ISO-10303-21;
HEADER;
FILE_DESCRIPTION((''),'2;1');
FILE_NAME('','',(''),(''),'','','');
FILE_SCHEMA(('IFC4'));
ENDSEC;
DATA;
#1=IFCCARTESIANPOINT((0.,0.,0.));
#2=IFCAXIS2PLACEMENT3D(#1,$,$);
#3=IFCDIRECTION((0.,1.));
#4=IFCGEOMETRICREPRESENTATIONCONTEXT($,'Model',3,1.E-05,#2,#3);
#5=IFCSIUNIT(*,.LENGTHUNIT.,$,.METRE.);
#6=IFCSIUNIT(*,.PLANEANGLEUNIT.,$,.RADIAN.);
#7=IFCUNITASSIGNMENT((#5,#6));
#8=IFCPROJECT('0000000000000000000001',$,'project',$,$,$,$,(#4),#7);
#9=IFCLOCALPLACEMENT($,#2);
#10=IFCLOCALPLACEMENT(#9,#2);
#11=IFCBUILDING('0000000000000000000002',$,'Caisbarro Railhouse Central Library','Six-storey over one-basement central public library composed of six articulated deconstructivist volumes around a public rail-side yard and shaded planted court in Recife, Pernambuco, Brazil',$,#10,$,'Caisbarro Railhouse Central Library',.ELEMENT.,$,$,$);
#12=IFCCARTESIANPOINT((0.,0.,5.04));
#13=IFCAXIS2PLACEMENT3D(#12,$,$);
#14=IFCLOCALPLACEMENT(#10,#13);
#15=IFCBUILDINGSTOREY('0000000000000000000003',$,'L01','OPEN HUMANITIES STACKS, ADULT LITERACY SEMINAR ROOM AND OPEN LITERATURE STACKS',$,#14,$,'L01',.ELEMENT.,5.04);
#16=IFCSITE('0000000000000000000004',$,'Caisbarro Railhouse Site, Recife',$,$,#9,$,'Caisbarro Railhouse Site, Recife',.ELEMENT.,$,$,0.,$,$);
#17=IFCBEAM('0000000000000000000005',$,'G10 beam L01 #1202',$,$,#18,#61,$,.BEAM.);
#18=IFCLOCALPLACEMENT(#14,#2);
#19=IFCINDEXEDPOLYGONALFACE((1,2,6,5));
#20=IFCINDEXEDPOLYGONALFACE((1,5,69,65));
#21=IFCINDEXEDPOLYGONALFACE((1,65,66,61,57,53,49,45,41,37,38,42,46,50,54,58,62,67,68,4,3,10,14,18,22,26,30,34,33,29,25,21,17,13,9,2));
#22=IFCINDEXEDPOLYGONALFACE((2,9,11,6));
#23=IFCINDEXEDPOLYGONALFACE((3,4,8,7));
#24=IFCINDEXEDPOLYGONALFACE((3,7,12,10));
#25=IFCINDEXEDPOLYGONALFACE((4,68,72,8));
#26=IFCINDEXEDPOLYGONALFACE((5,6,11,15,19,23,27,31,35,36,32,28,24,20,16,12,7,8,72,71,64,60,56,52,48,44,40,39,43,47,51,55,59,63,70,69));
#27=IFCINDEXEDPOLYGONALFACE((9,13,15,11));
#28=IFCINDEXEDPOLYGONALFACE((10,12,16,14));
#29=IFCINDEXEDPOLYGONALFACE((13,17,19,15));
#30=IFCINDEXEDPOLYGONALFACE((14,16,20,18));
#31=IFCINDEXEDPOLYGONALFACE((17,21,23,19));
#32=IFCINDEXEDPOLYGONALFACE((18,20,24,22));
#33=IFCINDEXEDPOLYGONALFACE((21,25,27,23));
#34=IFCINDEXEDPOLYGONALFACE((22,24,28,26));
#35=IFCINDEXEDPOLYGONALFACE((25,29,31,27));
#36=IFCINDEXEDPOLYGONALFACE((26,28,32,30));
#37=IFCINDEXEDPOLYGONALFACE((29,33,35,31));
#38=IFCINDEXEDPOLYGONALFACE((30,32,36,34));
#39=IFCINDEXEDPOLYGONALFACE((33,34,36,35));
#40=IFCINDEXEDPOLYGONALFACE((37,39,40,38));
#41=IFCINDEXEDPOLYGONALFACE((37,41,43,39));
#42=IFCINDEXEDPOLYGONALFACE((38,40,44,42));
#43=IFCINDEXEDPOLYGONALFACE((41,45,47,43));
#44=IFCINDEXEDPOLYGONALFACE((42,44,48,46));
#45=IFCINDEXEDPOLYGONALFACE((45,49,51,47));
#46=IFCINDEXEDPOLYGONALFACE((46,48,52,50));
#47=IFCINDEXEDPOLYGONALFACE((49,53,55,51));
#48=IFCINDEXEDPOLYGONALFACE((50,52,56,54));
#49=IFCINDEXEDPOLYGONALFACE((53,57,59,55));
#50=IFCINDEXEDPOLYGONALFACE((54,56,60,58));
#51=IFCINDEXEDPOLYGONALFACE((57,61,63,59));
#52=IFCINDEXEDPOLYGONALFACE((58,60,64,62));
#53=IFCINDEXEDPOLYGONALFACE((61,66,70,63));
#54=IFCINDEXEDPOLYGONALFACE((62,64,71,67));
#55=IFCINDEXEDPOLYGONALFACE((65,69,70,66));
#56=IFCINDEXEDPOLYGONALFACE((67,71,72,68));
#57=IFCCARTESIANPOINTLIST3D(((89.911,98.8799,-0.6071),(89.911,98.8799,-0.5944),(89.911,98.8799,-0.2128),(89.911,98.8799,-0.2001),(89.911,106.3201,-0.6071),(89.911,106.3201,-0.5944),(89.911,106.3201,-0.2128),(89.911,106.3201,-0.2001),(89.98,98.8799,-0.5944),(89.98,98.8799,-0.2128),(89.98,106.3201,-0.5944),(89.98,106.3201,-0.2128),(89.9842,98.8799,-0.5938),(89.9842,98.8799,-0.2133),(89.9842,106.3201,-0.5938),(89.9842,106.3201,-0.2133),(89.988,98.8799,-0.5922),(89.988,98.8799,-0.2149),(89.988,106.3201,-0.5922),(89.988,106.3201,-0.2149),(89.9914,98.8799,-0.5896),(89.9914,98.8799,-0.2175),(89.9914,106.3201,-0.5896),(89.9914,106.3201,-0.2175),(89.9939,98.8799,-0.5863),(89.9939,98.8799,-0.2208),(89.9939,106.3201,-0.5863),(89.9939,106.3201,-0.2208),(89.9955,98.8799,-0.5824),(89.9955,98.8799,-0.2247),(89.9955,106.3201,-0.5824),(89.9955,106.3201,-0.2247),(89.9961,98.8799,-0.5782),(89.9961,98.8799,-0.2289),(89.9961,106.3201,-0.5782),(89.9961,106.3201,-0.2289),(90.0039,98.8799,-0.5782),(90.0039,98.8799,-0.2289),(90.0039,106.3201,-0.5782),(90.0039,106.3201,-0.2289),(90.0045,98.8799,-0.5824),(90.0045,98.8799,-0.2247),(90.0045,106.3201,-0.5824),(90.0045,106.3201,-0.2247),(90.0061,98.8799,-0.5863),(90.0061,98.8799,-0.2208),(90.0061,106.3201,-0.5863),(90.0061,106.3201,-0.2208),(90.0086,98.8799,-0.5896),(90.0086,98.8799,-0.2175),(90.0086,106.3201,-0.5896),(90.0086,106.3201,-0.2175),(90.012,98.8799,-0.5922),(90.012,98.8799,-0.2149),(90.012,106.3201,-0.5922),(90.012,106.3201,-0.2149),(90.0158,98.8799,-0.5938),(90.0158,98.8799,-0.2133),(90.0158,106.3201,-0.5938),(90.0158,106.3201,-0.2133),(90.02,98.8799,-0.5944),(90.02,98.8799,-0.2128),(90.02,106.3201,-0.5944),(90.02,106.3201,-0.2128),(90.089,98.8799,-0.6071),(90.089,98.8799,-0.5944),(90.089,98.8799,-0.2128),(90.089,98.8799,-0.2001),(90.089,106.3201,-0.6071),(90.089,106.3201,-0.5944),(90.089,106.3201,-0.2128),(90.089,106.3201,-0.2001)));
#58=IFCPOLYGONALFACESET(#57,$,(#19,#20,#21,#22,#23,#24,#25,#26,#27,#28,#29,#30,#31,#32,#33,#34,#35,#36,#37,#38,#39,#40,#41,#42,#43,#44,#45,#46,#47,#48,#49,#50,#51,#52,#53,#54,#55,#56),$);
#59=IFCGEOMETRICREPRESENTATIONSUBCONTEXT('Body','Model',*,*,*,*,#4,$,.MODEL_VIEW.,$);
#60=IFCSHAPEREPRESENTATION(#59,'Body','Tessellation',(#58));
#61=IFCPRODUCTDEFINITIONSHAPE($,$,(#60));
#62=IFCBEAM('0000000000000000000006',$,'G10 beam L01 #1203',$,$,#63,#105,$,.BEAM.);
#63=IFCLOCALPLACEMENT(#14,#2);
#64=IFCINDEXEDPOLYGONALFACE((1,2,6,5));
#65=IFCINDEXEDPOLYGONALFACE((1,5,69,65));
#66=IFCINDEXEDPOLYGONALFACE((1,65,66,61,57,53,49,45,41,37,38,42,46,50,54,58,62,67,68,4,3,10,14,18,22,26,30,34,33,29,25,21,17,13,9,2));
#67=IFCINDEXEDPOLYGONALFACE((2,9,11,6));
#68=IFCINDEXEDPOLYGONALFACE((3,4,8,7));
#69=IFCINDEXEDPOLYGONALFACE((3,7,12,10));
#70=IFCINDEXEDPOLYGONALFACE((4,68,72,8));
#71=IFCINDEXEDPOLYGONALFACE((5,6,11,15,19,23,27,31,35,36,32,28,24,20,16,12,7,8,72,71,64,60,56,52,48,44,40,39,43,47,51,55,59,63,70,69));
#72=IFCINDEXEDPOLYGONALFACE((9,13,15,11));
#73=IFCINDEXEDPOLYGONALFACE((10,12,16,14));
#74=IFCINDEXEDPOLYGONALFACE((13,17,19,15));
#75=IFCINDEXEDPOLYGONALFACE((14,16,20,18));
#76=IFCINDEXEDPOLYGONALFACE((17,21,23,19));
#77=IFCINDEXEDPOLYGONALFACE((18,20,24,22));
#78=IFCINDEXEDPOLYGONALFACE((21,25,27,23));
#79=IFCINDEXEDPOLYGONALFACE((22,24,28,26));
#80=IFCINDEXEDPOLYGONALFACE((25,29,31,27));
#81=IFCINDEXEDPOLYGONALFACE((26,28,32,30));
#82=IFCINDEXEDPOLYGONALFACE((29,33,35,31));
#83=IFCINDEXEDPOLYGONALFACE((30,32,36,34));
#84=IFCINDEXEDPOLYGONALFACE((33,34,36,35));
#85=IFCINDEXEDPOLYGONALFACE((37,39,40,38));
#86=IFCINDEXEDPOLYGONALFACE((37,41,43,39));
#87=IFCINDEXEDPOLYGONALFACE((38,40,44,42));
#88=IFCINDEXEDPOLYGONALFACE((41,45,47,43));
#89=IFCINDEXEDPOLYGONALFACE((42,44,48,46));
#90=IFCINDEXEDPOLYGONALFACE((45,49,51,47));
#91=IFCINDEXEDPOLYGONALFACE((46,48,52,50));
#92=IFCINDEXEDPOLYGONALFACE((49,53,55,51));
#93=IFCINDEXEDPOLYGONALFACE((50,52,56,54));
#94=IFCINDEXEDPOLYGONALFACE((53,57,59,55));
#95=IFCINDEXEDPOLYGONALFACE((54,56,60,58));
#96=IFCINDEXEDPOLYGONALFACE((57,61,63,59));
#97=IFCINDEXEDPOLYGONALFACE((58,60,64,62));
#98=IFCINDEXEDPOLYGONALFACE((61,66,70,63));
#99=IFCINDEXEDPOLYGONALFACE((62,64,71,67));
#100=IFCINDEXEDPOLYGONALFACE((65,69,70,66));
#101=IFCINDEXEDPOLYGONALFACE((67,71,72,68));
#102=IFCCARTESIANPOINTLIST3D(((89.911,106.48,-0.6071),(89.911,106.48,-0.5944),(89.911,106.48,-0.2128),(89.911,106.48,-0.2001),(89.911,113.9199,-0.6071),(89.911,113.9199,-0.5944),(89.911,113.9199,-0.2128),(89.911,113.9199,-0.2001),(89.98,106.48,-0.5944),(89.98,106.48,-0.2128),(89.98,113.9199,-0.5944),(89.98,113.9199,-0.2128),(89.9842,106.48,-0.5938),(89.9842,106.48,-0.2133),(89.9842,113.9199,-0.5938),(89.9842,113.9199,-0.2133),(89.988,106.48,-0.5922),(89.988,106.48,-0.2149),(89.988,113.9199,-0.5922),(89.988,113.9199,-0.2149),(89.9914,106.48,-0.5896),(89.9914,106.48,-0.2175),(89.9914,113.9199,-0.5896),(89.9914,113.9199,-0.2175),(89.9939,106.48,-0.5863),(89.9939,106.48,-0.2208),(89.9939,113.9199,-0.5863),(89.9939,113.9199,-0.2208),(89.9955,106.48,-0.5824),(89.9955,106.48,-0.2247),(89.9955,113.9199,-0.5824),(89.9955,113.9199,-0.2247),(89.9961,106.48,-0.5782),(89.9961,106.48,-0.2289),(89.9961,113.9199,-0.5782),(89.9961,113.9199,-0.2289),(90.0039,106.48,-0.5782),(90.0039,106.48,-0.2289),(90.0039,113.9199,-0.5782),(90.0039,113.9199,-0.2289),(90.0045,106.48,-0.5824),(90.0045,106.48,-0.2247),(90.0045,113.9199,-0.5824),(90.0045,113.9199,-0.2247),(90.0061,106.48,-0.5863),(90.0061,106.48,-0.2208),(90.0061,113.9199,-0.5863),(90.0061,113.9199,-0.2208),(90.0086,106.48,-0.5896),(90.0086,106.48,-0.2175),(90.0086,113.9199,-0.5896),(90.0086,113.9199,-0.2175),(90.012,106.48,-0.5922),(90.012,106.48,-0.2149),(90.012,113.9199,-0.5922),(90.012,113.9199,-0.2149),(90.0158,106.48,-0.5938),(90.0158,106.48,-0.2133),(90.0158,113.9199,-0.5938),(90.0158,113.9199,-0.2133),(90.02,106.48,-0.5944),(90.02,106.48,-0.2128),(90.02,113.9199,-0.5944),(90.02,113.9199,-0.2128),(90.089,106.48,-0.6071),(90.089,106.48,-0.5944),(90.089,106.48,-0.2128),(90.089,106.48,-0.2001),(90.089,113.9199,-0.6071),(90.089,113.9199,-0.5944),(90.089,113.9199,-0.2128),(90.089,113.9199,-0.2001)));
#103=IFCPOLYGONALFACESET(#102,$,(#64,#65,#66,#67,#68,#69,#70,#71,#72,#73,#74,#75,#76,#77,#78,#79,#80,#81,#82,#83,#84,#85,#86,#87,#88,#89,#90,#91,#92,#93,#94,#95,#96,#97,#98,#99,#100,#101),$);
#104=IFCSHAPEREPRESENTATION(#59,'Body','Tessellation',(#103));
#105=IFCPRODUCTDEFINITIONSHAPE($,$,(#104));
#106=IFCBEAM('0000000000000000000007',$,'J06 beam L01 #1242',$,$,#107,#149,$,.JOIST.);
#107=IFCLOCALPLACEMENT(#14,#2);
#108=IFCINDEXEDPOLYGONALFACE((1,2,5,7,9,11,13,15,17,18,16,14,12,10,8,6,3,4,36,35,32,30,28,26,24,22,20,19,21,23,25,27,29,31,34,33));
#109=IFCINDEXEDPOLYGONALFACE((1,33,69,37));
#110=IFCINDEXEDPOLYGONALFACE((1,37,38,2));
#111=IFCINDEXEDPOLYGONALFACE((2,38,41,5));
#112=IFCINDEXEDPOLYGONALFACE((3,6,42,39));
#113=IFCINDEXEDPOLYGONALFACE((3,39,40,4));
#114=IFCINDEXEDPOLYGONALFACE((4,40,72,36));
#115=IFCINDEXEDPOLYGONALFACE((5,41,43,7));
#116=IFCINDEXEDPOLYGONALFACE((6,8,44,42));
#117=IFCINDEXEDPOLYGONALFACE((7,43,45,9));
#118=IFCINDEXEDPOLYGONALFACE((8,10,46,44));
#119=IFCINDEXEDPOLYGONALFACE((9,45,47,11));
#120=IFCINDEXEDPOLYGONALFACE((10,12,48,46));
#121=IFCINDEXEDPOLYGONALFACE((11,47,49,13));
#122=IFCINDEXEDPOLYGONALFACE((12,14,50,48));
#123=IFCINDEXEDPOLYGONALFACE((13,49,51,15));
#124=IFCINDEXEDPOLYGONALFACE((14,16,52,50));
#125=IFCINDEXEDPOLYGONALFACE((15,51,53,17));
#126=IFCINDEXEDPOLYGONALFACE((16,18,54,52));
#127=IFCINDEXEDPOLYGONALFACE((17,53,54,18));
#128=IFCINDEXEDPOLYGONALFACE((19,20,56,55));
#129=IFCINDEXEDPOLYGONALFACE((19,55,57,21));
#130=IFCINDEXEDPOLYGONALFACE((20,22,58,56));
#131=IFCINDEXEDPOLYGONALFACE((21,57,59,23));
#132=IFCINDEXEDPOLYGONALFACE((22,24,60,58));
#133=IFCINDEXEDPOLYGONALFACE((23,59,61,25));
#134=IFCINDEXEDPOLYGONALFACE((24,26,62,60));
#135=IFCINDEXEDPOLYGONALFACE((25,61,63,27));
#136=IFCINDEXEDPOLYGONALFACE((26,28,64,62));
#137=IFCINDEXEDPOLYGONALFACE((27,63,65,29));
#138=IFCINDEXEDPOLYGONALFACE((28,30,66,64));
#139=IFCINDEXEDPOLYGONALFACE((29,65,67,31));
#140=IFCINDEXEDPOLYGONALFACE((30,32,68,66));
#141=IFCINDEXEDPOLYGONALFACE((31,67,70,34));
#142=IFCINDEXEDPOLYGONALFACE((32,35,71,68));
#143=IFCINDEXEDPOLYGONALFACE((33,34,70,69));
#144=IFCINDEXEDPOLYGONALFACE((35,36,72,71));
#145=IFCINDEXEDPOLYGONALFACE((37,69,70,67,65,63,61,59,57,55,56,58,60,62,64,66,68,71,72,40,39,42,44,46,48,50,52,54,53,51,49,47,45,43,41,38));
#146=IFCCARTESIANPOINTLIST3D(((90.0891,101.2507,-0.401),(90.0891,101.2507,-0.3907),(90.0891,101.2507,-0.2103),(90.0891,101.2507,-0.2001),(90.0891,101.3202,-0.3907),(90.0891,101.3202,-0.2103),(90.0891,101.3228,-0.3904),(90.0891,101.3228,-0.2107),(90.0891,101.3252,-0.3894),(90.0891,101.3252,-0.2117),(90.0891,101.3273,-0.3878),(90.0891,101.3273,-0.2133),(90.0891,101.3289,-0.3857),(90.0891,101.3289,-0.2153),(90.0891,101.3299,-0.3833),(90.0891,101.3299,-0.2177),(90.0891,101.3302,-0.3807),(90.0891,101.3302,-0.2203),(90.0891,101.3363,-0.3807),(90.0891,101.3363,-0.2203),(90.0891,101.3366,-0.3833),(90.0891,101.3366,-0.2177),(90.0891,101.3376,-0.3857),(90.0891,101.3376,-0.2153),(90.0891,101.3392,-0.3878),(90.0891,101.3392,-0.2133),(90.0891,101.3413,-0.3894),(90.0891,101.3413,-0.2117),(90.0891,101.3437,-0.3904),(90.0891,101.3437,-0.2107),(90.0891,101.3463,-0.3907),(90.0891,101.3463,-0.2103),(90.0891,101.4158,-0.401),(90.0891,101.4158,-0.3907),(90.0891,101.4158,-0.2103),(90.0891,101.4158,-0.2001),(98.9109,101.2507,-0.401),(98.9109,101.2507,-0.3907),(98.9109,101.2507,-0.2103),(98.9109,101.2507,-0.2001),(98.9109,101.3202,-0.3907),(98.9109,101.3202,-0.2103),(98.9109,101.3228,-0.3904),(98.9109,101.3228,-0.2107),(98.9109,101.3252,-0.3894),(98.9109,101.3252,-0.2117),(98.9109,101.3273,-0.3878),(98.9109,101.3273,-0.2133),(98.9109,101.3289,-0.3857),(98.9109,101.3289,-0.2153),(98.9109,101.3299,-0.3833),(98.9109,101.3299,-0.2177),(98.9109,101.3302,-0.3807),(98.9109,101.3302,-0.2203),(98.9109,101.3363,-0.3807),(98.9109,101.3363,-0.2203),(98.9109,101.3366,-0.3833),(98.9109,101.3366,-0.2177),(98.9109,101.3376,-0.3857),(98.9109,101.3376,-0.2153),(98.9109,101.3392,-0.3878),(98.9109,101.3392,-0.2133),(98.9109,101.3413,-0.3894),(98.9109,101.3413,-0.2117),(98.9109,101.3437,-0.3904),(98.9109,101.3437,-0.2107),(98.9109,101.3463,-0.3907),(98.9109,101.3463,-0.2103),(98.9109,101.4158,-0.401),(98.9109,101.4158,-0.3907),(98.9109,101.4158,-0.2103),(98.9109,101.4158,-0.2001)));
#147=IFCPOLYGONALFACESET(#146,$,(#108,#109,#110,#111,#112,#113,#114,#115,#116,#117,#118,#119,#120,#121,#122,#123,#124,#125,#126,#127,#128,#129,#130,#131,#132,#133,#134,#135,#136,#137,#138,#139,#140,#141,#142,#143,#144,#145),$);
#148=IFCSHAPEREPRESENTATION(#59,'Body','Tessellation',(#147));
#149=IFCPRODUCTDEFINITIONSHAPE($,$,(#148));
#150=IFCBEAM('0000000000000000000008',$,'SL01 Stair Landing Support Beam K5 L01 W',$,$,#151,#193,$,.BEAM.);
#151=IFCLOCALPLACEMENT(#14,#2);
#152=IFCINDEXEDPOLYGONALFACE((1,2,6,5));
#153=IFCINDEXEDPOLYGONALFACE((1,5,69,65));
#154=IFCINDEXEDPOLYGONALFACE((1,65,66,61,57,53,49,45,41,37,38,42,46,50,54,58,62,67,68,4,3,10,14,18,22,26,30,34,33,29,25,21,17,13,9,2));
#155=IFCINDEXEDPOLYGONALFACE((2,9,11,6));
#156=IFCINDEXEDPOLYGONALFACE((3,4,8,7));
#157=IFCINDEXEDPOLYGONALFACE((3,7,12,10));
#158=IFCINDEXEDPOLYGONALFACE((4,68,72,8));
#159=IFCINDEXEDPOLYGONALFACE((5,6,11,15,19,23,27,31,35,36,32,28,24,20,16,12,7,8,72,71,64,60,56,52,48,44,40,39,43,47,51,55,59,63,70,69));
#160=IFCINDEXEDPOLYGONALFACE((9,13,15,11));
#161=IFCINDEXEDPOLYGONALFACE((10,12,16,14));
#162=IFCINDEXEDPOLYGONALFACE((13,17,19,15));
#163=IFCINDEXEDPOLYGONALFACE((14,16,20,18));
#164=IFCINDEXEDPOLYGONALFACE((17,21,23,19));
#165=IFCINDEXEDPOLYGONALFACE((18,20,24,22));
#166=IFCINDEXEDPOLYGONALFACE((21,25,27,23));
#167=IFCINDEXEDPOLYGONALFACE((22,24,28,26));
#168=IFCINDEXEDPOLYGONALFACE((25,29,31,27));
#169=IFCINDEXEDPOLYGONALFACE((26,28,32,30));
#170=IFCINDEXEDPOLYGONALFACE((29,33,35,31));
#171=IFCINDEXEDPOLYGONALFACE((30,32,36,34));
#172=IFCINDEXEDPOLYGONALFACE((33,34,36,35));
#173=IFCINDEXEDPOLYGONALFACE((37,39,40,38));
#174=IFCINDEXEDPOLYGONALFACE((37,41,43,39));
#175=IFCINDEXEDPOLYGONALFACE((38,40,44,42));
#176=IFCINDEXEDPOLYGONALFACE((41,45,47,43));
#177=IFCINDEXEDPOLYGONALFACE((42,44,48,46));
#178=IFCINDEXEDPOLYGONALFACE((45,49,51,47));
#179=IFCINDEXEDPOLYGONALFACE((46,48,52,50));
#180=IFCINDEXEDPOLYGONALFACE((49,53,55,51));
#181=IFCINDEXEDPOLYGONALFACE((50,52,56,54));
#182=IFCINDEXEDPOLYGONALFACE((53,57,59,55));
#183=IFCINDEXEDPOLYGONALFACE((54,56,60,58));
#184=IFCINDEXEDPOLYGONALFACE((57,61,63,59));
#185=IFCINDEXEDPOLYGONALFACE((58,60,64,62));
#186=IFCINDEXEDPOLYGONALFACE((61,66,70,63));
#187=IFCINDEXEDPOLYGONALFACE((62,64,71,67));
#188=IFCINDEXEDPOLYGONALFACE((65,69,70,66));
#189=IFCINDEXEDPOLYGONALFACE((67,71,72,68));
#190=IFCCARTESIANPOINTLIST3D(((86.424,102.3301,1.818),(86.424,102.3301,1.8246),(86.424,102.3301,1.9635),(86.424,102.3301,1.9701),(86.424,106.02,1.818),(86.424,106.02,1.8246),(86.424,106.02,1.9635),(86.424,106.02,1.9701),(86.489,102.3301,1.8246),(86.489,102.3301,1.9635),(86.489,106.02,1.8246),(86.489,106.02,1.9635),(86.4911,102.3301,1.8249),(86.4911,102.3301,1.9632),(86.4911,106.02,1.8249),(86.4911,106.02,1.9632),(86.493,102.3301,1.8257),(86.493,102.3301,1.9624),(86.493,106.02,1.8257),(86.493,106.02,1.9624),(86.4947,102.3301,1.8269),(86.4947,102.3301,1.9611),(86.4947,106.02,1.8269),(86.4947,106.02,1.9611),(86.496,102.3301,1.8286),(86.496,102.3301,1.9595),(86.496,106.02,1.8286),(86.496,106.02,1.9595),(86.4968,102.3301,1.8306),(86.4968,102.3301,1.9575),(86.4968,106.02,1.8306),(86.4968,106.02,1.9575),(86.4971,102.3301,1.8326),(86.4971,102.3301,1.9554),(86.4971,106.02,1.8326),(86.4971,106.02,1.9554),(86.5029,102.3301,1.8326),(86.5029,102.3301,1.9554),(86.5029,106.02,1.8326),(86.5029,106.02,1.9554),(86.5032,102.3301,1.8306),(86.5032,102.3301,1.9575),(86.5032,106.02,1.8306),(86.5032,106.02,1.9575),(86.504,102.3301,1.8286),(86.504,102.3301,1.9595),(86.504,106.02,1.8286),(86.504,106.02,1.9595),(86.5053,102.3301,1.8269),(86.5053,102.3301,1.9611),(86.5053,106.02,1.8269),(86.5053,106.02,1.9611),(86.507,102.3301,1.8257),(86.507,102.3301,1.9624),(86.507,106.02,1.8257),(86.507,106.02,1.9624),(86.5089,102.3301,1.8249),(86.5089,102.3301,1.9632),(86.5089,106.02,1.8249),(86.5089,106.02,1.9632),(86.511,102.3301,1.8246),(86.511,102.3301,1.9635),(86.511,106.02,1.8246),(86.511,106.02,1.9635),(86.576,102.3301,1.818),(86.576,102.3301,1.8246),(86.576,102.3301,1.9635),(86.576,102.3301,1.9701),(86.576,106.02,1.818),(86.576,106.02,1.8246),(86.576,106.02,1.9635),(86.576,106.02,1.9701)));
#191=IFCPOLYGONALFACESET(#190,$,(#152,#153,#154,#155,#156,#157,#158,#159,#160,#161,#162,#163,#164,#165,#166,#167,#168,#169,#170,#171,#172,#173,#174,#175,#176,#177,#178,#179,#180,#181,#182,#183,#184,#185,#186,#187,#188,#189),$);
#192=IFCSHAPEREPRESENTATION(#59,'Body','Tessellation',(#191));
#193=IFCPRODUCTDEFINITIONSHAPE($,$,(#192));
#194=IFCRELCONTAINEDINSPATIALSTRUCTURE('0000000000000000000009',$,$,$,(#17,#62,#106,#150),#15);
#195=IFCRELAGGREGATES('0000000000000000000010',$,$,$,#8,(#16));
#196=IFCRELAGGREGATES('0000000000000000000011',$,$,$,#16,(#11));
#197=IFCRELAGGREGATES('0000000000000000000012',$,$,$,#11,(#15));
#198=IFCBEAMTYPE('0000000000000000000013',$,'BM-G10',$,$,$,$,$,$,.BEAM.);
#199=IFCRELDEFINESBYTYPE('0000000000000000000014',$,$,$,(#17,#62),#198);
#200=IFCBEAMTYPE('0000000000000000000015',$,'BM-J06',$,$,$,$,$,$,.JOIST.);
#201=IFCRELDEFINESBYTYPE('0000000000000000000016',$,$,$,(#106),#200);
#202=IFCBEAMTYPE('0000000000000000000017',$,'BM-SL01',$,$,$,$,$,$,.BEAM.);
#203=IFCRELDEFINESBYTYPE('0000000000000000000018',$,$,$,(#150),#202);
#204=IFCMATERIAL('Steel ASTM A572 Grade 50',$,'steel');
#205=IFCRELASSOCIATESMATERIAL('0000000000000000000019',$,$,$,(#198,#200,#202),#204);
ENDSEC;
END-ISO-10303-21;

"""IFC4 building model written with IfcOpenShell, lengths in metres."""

from ifc_helpers import new_model, si_unit, direction, frame, origin, origin_2d, place, context, subcontext, project, spatial, i_section, extrude, material, material_profile, profile_set, type_object, element, save


model = new_model("IFC4")

# Units and contexts
model_context = context("Model", 3, precision=1e-05, world=origin(), true_north=direction((0.0, 1.0)))
body_context = subcontext(model_context, "Body", "Model", "MODEL_VIEW")
ifc_project = project(units=[si_unit("LENGTHUNIT", "METRE"), si_unit("PLANEANGLEUNIT", "RADIAN")], contexts=[model_context])

# Site, building, storey
site_placement = place(None, origin())
site = spatial("IfcSite", under=ifc_project, at=site_placement, Name="Caisbarro Railhouse Site, Recife", LongName="Caisbarro Railhouse Site, Recife", CompositionType="ELEMENT", RefElevation=0.0)
building_placement = place(site_placement, origin())
building = spatial("IfcBuilding", under=site, at=building_placement, Name="Caisbarro Railhouse Central Library", Description="Six-storey over one-basement central public library composed of six articulated deconstructivist volumes around a public rail-side yard and shaded planted court in Recife, Pernambuco, Brazil", LongName="Caisbarro Railhouse Central Library", CompositionType="ELEMENT")
storey_placement = place(building_placement, frame((0.0, 0.0, 5.04)))
storey = spatial("IfcBuildingStorey", under=building, at=storey_placement, Name="L01", Description="OPEN HUMANITIES STACKS, ADULT LITERACY SEMINAR ROOM AND OPEN LITERATURE STACKS", LongName="L01", CompositionType="ELEMENT", Elevation=5.04)

# Shared definitions
ifc_material_1 = material(Name="Steel ASTM A572 Grade 50", Category="steel")

# Beams
ifc_material_profile_1 = material_profile(ifc_material_1, i_section(OverallWidth=0.178, OverallDepth=0.407, WebThickness=0.0078, FlangeThickness=0.0127, FilletRadius=0.0161, at=origin_2d()), Name="W410X60.0")
ifc_profile_set_1 = profile_set([ifc_material_profile_1], Name="Steel ASTM A572 Grade 50")
beam_type_1 = type_object("IfcBeamType", Name="BM-G10", PredefinedType="BEAM", material=ifc_profile_set_1)
beam_1_placement = place(storey_placement, frame((90.0, 98.8799, -0.4036), z_axis=(0.0, 1.0, 0.0), x_axis=(-1.0, 0.0, 0.0)))
element("IfcBeam", 1, at=beam_1_placement, inside=storey, type_object=beam_type_1, Name="G10 beam L01 #1202", PredefinedType="BEAM", context=body_context, shape_type="SweptSolid", body=[
    extrude(i_section(OverallWidth=0.178, OverallDepth=0.407, WebThickness=0.0078, FlangeThickness=0.0127, FilletRadius=0.0161, at=origin_2d()), origin(), (0.0, 0.0, 1.0), 7.4402),
])
beam_2_placement = place(storey_placement, frame((90.0, 106.48, -0.4036), z_axis=(0.0, 1.0, 0.0), x_axis=(-1.0, 0.0, 0.0)))
element("IfcBeam", 2, at=beam_2_placement, inside=storey, type_object=beam_type_1, Name="G10 beam L01 #1203", PredefinedType="BEAM", context=body_context, shape_type="SweptSolid", body=[
    extrude(i_section(OverallWidth=0.178, OverallDepth=0.407, WebThickness=0.0078, FlangeThickness=0.0127, FilletRadius=0.0161, at=origin_2d()), origin(), (0.0, 0.0, 1.0), 7.4399),
])
ifc_material_profile_2 = material_profile(ifc_material_1, i_section(OverallWidth=0.165, OverallDepth=0.2009, WebThickness=0.0061, FlangeThickness=0.0103, FilletRadius=0.01, at=origin_2d()), Name="W200X35.9")
ifc_profile_set_2 = profile_set([ifc_material_profile_2], Name="Steel ASTM A572 Grade 50")
beam_type_2 = type_object("IfcBeamType", Name="BM-J06", PredefinedType="JOIST", material=ifc_profile_set_2)
beam_3_placement = place(storey_placement, frame((90.0891, 101.3333, -0.3005), z_axis=(1.0, 0.0, 0.0), x_axis=(0.0, 1.0, 0.0)))
element("IfcBeam", 3, at=beam_3_placement, inside=storey, type_object=beam_type_2, Name="J06 beam L01 #1242", PredefinedType="JOIST", context=body_context, shape_type="SweptSolid", body=[
    extrude(i_section(OverallWidth=0.165, OverallDepth=0.2009, WebThickness=0.0061, FlangeThickness=0.0103, FilletRadius=0.01, at=origin_2d()), origin(), (0.0, 0.0, 1.0), 8.8218),
])
ifc_material_profile_3 = material_profile(ifc_material_1, i_section(OverallWidth=0.1521, OverallDepth=0.1521, WebThickness=0.0059, FlangeThickness=0.0066, FilletRadius=0.0081, at=origin_2d()), Name="W150X22.5")
ifc_profile_set_3 = profile_set([ifc_material_profile_3], Name="Steel ASTM A572 Grade 50")
beam_type_3 = type_object("IfcBeamType", Name="BM-SL01", PredefinedType="BEAM", material=ifc_profile_set_3)
for number, where, z_axis, x_axis, name in (
    (4, (86.5, 102.3301, 1.894), (0.0, 1.0, 0.0), (-1.0, 0.0, 0.0), "SL01 Stair Landing Support Beam K5 L01 W"),
):
    element("IfcBeam", number, at=place(storey_placement, frame(where, z_axis=z_axis, x_axis=x_axis)), inside=storey, type_object=beam_type_3, Name=name, PredefinedType="BEAM", context=body_context, shape_type="SweptSolid", body=[
        extrude(i_section(OverallWidth=0.1521, OverallDepth=0.1521, WebThickness=0.0059, FlangeThickness=0.0066, FilletRadius=0.0081, at=origin_2d()), origin(), (0.0, 0.0, 1.0), 3.6899),
    ])

save(model, "model.ifc")
